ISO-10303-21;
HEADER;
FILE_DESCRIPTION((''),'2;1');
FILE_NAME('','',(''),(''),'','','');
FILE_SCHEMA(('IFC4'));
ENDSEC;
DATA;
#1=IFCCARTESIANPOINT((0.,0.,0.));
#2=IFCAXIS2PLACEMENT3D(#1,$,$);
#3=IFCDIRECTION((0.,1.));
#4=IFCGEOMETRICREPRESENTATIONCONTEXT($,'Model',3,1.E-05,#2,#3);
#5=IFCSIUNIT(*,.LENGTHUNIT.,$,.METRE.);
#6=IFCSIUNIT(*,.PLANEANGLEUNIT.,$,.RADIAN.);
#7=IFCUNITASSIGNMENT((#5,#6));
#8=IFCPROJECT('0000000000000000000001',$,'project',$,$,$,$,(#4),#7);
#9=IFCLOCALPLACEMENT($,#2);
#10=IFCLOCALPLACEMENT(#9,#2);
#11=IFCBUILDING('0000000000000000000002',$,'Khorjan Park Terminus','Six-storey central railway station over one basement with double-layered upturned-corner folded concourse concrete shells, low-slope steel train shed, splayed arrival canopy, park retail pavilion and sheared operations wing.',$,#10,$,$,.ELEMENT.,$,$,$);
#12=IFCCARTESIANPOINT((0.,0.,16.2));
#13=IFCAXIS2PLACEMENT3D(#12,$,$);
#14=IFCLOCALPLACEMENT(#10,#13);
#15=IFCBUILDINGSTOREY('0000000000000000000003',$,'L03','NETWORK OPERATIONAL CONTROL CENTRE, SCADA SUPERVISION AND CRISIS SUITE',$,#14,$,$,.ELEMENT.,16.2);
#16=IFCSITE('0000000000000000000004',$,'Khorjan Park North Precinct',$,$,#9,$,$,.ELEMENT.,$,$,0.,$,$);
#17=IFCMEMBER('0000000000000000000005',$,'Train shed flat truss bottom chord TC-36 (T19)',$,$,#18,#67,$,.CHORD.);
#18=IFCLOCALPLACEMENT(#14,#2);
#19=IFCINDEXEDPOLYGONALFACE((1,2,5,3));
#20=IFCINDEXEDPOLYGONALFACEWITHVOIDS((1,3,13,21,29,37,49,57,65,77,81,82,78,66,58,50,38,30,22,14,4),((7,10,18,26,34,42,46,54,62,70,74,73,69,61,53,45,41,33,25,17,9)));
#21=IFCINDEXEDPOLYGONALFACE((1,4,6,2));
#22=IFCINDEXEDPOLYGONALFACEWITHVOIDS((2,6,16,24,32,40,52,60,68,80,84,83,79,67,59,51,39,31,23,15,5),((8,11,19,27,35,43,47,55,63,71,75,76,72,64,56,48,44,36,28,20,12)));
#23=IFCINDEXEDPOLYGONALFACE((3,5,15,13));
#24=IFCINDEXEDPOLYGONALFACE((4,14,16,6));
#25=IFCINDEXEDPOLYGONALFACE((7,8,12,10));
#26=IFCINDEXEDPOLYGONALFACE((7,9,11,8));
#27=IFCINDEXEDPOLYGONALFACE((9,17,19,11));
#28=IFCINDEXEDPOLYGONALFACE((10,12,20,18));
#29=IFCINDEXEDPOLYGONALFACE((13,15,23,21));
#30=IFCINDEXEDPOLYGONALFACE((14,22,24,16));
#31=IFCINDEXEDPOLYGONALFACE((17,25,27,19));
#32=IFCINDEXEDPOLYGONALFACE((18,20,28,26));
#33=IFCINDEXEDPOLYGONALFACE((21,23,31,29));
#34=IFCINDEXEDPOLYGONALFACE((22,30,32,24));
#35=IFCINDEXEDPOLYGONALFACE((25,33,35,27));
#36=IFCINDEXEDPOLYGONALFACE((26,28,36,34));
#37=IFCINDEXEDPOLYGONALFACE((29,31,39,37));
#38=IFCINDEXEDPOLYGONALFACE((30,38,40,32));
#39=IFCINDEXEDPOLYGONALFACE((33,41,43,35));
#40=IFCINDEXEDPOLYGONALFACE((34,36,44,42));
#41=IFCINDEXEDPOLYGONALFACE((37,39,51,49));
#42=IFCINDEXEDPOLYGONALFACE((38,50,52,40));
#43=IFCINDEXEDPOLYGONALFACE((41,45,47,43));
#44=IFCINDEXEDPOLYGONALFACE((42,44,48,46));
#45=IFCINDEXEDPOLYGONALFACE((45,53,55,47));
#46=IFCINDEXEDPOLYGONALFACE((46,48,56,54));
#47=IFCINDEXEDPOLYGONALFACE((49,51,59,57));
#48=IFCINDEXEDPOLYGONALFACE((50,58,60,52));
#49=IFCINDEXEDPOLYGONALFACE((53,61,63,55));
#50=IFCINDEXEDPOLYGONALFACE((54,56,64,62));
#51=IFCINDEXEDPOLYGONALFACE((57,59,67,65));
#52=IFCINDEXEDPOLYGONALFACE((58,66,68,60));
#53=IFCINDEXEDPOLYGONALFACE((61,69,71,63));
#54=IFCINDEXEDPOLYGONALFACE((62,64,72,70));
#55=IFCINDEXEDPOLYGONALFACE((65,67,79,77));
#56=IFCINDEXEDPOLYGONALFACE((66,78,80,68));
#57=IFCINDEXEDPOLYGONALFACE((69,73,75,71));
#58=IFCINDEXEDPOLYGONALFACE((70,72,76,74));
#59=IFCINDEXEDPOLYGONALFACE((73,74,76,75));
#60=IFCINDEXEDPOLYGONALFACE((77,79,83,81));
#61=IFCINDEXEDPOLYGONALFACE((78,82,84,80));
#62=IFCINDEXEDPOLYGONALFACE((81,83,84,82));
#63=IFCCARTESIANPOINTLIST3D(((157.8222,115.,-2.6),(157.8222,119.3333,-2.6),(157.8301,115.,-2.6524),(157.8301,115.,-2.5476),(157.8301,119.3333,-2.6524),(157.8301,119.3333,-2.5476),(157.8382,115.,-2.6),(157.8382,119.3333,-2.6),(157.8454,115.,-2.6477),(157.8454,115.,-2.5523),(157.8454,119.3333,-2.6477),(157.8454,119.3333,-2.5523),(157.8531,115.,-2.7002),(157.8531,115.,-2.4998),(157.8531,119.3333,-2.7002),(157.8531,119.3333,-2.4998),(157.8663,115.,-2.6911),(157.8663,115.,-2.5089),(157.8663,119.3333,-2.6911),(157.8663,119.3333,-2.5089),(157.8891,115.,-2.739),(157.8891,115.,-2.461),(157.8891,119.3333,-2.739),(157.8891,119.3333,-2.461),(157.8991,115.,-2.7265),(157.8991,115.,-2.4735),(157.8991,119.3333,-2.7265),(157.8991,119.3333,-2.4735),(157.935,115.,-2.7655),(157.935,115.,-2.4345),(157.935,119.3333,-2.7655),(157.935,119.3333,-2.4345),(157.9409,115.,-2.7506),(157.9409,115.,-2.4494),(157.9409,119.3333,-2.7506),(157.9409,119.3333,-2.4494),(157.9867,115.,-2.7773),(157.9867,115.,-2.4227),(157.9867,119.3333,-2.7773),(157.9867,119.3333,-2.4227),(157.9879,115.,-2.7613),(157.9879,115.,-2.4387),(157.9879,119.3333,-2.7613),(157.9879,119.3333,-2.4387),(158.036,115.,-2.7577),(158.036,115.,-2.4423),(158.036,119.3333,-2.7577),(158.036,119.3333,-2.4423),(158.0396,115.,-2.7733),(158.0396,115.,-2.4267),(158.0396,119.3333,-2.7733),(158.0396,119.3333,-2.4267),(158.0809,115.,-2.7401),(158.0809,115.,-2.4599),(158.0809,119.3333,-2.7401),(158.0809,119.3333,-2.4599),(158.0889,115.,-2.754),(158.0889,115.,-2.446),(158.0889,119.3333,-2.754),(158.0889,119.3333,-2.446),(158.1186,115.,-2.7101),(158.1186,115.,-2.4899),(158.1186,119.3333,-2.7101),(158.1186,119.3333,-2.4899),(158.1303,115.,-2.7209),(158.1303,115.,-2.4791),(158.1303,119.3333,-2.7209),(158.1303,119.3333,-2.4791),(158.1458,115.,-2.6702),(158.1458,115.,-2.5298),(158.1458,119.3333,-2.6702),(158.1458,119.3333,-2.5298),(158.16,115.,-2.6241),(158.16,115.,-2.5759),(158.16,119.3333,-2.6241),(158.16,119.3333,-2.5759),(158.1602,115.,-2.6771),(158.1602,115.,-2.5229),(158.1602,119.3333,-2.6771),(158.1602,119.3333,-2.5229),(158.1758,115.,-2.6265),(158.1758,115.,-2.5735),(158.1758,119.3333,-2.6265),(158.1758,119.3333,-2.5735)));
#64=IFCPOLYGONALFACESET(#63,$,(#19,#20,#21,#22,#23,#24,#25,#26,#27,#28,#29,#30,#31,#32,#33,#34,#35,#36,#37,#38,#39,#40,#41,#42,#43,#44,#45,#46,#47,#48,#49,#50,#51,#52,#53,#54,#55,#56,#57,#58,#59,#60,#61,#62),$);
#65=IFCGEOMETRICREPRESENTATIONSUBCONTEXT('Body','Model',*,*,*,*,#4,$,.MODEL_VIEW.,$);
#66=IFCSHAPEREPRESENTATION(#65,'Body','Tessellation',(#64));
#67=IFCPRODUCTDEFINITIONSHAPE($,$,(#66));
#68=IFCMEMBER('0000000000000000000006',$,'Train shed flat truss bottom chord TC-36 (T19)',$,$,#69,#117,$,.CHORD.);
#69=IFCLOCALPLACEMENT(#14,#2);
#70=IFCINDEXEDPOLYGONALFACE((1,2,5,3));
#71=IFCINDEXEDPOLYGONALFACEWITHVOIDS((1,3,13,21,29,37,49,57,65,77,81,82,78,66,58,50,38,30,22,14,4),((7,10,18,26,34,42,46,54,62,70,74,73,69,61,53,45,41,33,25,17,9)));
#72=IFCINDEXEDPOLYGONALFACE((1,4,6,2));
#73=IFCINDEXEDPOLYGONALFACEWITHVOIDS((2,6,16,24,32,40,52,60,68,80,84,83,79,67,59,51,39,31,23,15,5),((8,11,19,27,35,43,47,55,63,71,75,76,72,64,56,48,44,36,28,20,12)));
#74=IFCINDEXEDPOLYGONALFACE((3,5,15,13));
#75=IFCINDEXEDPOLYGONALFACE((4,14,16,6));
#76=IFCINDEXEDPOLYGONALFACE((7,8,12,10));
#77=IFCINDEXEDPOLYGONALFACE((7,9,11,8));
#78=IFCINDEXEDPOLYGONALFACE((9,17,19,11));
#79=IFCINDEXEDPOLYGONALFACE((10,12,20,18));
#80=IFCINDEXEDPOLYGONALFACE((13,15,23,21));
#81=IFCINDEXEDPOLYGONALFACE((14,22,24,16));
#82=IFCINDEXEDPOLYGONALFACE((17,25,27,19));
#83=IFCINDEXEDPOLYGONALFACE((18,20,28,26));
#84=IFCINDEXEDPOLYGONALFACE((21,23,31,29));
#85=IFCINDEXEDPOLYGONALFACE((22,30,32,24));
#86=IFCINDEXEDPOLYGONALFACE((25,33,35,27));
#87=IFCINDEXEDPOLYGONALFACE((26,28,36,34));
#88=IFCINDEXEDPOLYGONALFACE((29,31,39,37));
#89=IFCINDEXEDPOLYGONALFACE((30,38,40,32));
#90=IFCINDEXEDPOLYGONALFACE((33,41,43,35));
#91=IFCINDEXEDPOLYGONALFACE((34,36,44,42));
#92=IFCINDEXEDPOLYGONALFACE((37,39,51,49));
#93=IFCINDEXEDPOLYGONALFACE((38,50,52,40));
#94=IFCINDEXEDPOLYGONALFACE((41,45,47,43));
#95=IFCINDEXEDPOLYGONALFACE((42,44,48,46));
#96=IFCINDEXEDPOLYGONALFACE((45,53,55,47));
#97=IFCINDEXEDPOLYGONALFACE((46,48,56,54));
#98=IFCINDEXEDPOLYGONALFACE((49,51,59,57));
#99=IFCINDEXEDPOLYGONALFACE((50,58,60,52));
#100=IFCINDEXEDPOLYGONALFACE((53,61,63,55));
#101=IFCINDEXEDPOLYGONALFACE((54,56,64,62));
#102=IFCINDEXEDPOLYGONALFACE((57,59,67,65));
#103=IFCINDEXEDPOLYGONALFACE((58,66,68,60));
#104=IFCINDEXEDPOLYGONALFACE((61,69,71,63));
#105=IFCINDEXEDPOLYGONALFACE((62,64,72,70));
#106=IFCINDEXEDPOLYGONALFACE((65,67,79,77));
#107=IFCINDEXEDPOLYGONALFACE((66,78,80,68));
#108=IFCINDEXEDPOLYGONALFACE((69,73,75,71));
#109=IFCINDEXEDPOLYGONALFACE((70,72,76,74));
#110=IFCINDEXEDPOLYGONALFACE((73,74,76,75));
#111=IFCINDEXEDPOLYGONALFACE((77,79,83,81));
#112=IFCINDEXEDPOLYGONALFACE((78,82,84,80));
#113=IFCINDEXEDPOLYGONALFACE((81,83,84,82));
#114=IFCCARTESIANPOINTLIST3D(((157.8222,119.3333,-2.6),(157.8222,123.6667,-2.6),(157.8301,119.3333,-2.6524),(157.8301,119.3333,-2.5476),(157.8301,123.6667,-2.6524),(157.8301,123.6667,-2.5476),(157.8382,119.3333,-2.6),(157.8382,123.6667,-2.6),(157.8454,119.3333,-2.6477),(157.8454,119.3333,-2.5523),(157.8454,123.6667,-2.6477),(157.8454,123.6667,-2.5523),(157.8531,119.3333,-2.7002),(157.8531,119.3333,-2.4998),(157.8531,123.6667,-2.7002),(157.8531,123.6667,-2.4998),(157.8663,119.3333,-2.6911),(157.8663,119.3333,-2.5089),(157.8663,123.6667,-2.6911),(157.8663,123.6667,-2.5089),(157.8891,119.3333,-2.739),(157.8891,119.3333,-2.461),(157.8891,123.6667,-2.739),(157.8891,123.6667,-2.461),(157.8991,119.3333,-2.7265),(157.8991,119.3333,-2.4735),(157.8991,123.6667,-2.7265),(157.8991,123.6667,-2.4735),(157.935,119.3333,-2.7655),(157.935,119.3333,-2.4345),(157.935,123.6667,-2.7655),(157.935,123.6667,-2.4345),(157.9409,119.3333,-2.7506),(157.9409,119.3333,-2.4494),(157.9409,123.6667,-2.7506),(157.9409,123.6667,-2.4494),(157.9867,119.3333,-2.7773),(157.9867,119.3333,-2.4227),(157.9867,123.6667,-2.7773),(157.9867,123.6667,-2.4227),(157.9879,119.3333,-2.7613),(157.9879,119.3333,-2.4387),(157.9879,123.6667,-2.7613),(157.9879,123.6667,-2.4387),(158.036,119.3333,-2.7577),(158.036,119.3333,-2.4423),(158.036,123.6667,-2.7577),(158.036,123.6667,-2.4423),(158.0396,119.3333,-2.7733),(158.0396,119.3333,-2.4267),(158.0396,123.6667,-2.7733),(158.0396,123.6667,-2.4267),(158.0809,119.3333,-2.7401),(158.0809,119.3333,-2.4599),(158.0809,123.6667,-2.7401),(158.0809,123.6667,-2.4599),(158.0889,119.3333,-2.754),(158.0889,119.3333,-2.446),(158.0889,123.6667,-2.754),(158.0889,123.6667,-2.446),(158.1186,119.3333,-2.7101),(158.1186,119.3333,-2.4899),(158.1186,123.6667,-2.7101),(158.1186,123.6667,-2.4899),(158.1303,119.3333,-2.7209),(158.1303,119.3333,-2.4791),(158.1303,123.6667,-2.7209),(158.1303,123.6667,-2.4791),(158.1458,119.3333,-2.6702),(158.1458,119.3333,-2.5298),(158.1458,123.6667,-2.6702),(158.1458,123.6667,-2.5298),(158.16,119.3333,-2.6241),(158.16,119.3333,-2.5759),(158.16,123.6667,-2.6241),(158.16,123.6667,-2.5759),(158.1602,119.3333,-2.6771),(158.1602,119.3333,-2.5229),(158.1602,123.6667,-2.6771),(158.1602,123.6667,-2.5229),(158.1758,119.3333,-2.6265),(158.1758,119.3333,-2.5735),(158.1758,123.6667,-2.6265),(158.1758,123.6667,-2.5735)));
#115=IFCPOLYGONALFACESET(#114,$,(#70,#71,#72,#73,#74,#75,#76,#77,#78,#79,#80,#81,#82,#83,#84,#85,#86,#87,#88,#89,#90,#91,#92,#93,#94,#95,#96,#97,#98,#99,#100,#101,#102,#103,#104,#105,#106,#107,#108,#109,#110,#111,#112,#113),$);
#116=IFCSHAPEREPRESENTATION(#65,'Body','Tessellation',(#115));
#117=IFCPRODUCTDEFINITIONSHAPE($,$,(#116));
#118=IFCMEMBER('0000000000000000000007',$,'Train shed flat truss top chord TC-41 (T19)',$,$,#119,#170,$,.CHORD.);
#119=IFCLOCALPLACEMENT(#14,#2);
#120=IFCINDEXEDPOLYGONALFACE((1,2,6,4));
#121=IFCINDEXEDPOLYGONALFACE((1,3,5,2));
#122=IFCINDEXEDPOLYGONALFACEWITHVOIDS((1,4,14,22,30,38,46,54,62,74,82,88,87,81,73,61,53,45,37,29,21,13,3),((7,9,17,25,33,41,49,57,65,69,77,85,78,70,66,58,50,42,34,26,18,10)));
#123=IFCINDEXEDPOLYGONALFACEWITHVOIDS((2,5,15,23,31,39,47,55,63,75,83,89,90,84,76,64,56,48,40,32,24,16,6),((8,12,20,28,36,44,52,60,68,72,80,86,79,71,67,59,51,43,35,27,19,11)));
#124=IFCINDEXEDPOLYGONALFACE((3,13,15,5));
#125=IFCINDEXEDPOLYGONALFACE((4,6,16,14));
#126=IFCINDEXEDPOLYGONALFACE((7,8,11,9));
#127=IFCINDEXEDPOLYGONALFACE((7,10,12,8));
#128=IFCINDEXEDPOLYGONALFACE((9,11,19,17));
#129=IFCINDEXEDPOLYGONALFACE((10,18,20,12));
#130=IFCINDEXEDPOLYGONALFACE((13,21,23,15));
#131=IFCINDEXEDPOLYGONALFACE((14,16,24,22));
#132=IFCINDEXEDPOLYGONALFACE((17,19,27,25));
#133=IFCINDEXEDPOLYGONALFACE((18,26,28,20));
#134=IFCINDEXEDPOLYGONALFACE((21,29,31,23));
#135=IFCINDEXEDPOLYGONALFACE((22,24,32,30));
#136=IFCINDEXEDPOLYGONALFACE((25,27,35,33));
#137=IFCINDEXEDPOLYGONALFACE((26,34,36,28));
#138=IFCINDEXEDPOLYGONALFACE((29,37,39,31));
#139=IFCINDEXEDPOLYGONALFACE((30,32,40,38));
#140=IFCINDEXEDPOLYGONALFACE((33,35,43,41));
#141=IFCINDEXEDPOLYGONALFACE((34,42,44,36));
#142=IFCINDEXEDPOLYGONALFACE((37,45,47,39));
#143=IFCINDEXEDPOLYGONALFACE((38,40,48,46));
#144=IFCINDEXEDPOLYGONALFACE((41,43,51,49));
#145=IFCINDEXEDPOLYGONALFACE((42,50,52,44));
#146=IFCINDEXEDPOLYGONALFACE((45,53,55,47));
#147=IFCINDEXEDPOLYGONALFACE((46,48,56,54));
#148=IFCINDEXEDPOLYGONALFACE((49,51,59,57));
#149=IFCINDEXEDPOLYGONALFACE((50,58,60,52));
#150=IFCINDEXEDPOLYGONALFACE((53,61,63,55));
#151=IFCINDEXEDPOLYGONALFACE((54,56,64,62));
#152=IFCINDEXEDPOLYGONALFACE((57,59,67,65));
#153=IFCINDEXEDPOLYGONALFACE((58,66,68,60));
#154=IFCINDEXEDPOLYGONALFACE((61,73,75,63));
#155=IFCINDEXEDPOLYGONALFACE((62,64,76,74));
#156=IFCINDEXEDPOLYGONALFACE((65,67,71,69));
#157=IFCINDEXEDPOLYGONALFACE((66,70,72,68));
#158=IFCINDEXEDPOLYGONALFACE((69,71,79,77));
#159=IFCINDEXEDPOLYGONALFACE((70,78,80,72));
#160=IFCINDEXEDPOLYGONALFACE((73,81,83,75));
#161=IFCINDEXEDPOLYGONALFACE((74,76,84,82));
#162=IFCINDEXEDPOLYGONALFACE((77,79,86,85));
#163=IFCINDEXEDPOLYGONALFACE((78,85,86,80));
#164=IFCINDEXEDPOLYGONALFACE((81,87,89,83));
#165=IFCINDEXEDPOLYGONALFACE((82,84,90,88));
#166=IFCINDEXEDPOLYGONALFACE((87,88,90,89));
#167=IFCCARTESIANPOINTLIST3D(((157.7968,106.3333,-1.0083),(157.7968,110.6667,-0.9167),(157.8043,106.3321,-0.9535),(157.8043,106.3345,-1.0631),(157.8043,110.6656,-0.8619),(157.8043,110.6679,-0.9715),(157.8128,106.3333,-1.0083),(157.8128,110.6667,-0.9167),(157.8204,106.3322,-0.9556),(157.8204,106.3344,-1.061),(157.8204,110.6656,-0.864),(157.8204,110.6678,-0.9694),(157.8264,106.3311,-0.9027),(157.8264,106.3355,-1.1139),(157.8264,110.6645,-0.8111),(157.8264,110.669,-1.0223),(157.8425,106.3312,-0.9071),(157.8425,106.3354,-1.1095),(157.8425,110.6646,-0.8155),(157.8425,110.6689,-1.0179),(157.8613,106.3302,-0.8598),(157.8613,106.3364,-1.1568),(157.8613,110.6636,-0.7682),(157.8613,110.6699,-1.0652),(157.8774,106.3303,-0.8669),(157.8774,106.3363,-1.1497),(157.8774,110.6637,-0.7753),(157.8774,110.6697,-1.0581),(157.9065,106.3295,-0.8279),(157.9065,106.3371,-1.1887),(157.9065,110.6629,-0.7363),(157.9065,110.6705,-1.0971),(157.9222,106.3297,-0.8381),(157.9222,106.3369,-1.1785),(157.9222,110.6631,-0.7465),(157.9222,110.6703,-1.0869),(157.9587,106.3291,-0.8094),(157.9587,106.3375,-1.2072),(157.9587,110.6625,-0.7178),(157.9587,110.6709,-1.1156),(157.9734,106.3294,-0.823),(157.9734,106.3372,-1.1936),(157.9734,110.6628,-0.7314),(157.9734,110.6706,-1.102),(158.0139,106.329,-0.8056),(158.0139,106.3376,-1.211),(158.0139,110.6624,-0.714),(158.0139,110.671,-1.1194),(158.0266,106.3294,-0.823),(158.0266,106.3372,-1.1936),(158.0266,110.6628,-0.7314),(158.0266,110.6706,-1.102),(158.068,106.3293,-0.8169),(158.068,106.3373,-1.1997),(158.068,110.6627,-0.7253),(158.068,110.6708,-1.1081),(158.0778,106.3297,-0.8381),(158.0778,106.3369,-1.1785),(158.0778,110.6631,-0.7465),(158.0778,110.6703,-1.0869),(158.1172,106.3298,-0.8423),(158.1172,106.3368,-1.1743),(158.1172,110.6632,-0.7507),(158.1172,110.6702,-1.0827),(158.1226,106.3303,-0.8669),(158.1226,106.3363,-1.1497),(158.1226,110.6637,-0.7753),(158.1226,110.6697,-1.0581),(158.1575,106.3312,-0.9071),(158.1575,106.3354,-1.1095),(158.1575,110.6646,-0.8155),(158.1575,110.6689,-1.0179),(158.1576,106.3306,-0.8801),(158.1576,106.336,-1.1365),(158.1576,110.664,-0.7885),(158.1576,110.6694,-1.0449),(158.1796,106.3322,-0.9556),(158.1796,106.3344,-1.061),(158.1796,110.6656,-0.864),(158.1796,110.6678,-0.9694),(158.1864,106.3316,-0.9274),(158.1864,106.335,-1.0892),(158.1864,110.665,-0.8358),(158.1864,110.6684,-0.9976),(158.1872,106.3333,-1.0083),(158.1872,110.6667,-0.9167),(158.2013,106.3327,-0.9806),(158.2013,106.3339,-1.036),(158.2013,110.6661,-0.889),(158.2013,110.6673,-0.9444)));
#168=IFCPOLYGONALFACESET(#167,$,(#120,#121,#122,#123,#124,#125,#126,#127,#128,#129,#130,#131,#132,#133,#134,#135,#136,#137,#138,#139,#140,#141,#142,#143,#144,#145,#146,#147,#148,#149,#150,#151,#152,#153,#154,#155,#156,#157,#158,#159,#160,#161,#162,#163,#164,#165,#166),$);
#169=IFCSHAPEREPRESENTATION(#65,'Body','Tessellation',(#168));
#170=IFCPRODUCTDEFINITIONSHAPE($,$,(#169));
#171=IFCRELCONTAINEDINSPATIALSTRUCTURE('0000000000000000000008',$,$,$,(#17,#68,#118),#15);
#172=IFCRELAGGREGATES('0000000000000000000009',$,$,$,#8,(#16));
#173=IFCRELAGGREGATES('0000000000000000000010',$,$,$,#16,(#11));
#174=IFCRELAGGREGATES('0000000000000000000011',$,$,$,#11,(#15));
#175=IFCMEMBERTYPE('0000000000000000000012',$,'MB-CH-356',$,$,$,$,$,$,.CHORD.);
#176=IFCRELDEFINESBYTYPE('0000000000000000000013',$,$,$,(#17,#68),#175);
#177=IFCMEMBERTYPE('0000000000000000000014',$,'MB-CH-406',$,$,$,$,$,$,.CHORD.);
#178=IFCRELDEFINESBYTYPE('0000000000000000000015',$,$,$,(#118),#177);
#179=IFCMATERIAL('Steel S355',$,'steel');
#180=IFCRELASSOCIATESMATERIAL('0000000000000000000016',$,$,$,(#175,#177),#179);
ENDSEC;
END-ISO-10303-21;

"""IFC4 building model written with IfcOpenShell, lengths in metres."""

from ifc_helpers import new_model, si_unit, direction, frame, origin, origin_2d, place, context, subcontext, project, spatial, hollow_circle, extrude, material, material_profile, profile_set, type_object, element, save


model = new_model("IFC4")

# Units and contexts
model_context = context("Model", 3, precision=1e-05, world=origin(), true_north=direction((0.0, 1.0)))
body_context = subcontext(model_context, "Body", "Model", "MODEL_VIEW")
ifc_project = project(units=[si_unit("LENGTHUNIT", "METRE"), si_unit("PLANEANGLEUNIT", "RADIAN")], contexts=[model_context])

# Site, building, storey
site_placement = place(None, origin())
site = spatial("IfcSite", under=ifc_project, at=site_placement, Name="Khorjan Park North Precinct", CompositionType="ELEMENT", RefElevation=0.0)
building_placement = place(site_placement, origin())
building = spatial("IfcBuilding", under=site, at=building_placement, Name="Khorjan Park Terminus", Description="Six-storey central railway station over one basement with double-layered upturned-corner folded concourse concrete shells, low-slope steel train shed, splayed arrival canopy, park retail pavilion and sheared operations wing.", CompositionType="ELEMENT")
storey_placement = place(building_placement, frame((0.0, 0.0, 16.2)))
storey = spatial("IfcBuildingStorey", under=building, at=storey_placement, Name="L03", Description="NETWORK OPERATIONAL CONTROL CENTRE, SCADA SUPERVISION AND CRISIS SUITE", CompositionType="ELEMENT", Elevation=16.2)

# Members
ifc_material = material(Name="Steel S355", Category="steel")
ifc_material_profile_1 = material_profile(ifc_material, hollow_circle(Radius=0.1778, WallThickness=0.016, at=origin_2d()), Name="CHS 355.6x16")
ifc_profile_set_1 = profile_set([ifc_material_profile_1], Name="Steel S355")
member_type_1 = type_object("IfcMemberType", Name="MB-CH-356", PredefinedType="CHORD", material=ifc_profile_set_1)
for number, where, z_axis, x_axis, name in (
    (1, (158.0, 115.0, -2.6), (0.0, 1.0, 0.0), (-1.0, 0.0, 0.0), "Train shed flat truss bottom chord TC-36 (T19)"),
):
    element("IfcMember", number, at=place(storey_placement, frame(where, z_axis=z_axis, x_axis=x_axis)), inside=storey, type_object=member_type_1, Name=name, PredefinedType="CHORD", context=body_context, shape_type="SweptSolid", body=[
        extrude(hollow_circle(Radius=0.1778, WallThickness=0.016, at=origin_2d()), origin(), (0.0, 0.0, 1.0), 4.3333),
    ])
member_1_placement = place(storey_placement, frame((158.0, 119.3333, -2.6), z_axis=(0.0, 1.0, 0.0), x_axis=(-1.0, 0.0, 0.0)))
element("IfcMember", 2, at=member_1_placement, inside=storey, type_object=member_type_1, Name="Train shed flat truss bottom chord TC-36 (T19)", PredefinedType="CHORD", context=body_context, shape_type="SweptSolid", body=[
    extrude(hollow_circle(Radius=0.1778, WallThickness=0.016, at=origin_2d()), origin(), (0.0, 0.0, 1.0), 4.3334),
])
ifc_material_profile_2 = material_profile(ifc_material, hollow_circle(Radius=0.2032, WallThickness=0.016, at=origin_2d()), Name="CHS 406.4x16")
ifc_profile_set_2 = profile_set([ifc_material_profile_2], Name="Steel S355")
member_type_2 = type_object("IfcMemberType", Name="MB-CH-406", PredefinedType="CHORD", material=ifc_profile_set_2)
member_2_placement = place(storey_placement, frame((158.0, 106.3333, -1.0083), z_axis=(0.0, 0.999777, 0.021133), x_axis=(-1.0, 0.0, 0.0)))
element("IfcMember", 3, at=member_2_placement, inside=storey, type_object=member_type_2, Name="Train shed flat truss top chord TC-41 (T19)", PredefinedType="CHORD", context=body_context, shape_type="SweptSolid", body=[
    extrude(hollow_circle(Radius=0.2032, WallThickness=0.016, at=origin_2d()), origin(), (0.0, 0.0, 1.0), 4.3344),
])

save(model, "model.ifc")
